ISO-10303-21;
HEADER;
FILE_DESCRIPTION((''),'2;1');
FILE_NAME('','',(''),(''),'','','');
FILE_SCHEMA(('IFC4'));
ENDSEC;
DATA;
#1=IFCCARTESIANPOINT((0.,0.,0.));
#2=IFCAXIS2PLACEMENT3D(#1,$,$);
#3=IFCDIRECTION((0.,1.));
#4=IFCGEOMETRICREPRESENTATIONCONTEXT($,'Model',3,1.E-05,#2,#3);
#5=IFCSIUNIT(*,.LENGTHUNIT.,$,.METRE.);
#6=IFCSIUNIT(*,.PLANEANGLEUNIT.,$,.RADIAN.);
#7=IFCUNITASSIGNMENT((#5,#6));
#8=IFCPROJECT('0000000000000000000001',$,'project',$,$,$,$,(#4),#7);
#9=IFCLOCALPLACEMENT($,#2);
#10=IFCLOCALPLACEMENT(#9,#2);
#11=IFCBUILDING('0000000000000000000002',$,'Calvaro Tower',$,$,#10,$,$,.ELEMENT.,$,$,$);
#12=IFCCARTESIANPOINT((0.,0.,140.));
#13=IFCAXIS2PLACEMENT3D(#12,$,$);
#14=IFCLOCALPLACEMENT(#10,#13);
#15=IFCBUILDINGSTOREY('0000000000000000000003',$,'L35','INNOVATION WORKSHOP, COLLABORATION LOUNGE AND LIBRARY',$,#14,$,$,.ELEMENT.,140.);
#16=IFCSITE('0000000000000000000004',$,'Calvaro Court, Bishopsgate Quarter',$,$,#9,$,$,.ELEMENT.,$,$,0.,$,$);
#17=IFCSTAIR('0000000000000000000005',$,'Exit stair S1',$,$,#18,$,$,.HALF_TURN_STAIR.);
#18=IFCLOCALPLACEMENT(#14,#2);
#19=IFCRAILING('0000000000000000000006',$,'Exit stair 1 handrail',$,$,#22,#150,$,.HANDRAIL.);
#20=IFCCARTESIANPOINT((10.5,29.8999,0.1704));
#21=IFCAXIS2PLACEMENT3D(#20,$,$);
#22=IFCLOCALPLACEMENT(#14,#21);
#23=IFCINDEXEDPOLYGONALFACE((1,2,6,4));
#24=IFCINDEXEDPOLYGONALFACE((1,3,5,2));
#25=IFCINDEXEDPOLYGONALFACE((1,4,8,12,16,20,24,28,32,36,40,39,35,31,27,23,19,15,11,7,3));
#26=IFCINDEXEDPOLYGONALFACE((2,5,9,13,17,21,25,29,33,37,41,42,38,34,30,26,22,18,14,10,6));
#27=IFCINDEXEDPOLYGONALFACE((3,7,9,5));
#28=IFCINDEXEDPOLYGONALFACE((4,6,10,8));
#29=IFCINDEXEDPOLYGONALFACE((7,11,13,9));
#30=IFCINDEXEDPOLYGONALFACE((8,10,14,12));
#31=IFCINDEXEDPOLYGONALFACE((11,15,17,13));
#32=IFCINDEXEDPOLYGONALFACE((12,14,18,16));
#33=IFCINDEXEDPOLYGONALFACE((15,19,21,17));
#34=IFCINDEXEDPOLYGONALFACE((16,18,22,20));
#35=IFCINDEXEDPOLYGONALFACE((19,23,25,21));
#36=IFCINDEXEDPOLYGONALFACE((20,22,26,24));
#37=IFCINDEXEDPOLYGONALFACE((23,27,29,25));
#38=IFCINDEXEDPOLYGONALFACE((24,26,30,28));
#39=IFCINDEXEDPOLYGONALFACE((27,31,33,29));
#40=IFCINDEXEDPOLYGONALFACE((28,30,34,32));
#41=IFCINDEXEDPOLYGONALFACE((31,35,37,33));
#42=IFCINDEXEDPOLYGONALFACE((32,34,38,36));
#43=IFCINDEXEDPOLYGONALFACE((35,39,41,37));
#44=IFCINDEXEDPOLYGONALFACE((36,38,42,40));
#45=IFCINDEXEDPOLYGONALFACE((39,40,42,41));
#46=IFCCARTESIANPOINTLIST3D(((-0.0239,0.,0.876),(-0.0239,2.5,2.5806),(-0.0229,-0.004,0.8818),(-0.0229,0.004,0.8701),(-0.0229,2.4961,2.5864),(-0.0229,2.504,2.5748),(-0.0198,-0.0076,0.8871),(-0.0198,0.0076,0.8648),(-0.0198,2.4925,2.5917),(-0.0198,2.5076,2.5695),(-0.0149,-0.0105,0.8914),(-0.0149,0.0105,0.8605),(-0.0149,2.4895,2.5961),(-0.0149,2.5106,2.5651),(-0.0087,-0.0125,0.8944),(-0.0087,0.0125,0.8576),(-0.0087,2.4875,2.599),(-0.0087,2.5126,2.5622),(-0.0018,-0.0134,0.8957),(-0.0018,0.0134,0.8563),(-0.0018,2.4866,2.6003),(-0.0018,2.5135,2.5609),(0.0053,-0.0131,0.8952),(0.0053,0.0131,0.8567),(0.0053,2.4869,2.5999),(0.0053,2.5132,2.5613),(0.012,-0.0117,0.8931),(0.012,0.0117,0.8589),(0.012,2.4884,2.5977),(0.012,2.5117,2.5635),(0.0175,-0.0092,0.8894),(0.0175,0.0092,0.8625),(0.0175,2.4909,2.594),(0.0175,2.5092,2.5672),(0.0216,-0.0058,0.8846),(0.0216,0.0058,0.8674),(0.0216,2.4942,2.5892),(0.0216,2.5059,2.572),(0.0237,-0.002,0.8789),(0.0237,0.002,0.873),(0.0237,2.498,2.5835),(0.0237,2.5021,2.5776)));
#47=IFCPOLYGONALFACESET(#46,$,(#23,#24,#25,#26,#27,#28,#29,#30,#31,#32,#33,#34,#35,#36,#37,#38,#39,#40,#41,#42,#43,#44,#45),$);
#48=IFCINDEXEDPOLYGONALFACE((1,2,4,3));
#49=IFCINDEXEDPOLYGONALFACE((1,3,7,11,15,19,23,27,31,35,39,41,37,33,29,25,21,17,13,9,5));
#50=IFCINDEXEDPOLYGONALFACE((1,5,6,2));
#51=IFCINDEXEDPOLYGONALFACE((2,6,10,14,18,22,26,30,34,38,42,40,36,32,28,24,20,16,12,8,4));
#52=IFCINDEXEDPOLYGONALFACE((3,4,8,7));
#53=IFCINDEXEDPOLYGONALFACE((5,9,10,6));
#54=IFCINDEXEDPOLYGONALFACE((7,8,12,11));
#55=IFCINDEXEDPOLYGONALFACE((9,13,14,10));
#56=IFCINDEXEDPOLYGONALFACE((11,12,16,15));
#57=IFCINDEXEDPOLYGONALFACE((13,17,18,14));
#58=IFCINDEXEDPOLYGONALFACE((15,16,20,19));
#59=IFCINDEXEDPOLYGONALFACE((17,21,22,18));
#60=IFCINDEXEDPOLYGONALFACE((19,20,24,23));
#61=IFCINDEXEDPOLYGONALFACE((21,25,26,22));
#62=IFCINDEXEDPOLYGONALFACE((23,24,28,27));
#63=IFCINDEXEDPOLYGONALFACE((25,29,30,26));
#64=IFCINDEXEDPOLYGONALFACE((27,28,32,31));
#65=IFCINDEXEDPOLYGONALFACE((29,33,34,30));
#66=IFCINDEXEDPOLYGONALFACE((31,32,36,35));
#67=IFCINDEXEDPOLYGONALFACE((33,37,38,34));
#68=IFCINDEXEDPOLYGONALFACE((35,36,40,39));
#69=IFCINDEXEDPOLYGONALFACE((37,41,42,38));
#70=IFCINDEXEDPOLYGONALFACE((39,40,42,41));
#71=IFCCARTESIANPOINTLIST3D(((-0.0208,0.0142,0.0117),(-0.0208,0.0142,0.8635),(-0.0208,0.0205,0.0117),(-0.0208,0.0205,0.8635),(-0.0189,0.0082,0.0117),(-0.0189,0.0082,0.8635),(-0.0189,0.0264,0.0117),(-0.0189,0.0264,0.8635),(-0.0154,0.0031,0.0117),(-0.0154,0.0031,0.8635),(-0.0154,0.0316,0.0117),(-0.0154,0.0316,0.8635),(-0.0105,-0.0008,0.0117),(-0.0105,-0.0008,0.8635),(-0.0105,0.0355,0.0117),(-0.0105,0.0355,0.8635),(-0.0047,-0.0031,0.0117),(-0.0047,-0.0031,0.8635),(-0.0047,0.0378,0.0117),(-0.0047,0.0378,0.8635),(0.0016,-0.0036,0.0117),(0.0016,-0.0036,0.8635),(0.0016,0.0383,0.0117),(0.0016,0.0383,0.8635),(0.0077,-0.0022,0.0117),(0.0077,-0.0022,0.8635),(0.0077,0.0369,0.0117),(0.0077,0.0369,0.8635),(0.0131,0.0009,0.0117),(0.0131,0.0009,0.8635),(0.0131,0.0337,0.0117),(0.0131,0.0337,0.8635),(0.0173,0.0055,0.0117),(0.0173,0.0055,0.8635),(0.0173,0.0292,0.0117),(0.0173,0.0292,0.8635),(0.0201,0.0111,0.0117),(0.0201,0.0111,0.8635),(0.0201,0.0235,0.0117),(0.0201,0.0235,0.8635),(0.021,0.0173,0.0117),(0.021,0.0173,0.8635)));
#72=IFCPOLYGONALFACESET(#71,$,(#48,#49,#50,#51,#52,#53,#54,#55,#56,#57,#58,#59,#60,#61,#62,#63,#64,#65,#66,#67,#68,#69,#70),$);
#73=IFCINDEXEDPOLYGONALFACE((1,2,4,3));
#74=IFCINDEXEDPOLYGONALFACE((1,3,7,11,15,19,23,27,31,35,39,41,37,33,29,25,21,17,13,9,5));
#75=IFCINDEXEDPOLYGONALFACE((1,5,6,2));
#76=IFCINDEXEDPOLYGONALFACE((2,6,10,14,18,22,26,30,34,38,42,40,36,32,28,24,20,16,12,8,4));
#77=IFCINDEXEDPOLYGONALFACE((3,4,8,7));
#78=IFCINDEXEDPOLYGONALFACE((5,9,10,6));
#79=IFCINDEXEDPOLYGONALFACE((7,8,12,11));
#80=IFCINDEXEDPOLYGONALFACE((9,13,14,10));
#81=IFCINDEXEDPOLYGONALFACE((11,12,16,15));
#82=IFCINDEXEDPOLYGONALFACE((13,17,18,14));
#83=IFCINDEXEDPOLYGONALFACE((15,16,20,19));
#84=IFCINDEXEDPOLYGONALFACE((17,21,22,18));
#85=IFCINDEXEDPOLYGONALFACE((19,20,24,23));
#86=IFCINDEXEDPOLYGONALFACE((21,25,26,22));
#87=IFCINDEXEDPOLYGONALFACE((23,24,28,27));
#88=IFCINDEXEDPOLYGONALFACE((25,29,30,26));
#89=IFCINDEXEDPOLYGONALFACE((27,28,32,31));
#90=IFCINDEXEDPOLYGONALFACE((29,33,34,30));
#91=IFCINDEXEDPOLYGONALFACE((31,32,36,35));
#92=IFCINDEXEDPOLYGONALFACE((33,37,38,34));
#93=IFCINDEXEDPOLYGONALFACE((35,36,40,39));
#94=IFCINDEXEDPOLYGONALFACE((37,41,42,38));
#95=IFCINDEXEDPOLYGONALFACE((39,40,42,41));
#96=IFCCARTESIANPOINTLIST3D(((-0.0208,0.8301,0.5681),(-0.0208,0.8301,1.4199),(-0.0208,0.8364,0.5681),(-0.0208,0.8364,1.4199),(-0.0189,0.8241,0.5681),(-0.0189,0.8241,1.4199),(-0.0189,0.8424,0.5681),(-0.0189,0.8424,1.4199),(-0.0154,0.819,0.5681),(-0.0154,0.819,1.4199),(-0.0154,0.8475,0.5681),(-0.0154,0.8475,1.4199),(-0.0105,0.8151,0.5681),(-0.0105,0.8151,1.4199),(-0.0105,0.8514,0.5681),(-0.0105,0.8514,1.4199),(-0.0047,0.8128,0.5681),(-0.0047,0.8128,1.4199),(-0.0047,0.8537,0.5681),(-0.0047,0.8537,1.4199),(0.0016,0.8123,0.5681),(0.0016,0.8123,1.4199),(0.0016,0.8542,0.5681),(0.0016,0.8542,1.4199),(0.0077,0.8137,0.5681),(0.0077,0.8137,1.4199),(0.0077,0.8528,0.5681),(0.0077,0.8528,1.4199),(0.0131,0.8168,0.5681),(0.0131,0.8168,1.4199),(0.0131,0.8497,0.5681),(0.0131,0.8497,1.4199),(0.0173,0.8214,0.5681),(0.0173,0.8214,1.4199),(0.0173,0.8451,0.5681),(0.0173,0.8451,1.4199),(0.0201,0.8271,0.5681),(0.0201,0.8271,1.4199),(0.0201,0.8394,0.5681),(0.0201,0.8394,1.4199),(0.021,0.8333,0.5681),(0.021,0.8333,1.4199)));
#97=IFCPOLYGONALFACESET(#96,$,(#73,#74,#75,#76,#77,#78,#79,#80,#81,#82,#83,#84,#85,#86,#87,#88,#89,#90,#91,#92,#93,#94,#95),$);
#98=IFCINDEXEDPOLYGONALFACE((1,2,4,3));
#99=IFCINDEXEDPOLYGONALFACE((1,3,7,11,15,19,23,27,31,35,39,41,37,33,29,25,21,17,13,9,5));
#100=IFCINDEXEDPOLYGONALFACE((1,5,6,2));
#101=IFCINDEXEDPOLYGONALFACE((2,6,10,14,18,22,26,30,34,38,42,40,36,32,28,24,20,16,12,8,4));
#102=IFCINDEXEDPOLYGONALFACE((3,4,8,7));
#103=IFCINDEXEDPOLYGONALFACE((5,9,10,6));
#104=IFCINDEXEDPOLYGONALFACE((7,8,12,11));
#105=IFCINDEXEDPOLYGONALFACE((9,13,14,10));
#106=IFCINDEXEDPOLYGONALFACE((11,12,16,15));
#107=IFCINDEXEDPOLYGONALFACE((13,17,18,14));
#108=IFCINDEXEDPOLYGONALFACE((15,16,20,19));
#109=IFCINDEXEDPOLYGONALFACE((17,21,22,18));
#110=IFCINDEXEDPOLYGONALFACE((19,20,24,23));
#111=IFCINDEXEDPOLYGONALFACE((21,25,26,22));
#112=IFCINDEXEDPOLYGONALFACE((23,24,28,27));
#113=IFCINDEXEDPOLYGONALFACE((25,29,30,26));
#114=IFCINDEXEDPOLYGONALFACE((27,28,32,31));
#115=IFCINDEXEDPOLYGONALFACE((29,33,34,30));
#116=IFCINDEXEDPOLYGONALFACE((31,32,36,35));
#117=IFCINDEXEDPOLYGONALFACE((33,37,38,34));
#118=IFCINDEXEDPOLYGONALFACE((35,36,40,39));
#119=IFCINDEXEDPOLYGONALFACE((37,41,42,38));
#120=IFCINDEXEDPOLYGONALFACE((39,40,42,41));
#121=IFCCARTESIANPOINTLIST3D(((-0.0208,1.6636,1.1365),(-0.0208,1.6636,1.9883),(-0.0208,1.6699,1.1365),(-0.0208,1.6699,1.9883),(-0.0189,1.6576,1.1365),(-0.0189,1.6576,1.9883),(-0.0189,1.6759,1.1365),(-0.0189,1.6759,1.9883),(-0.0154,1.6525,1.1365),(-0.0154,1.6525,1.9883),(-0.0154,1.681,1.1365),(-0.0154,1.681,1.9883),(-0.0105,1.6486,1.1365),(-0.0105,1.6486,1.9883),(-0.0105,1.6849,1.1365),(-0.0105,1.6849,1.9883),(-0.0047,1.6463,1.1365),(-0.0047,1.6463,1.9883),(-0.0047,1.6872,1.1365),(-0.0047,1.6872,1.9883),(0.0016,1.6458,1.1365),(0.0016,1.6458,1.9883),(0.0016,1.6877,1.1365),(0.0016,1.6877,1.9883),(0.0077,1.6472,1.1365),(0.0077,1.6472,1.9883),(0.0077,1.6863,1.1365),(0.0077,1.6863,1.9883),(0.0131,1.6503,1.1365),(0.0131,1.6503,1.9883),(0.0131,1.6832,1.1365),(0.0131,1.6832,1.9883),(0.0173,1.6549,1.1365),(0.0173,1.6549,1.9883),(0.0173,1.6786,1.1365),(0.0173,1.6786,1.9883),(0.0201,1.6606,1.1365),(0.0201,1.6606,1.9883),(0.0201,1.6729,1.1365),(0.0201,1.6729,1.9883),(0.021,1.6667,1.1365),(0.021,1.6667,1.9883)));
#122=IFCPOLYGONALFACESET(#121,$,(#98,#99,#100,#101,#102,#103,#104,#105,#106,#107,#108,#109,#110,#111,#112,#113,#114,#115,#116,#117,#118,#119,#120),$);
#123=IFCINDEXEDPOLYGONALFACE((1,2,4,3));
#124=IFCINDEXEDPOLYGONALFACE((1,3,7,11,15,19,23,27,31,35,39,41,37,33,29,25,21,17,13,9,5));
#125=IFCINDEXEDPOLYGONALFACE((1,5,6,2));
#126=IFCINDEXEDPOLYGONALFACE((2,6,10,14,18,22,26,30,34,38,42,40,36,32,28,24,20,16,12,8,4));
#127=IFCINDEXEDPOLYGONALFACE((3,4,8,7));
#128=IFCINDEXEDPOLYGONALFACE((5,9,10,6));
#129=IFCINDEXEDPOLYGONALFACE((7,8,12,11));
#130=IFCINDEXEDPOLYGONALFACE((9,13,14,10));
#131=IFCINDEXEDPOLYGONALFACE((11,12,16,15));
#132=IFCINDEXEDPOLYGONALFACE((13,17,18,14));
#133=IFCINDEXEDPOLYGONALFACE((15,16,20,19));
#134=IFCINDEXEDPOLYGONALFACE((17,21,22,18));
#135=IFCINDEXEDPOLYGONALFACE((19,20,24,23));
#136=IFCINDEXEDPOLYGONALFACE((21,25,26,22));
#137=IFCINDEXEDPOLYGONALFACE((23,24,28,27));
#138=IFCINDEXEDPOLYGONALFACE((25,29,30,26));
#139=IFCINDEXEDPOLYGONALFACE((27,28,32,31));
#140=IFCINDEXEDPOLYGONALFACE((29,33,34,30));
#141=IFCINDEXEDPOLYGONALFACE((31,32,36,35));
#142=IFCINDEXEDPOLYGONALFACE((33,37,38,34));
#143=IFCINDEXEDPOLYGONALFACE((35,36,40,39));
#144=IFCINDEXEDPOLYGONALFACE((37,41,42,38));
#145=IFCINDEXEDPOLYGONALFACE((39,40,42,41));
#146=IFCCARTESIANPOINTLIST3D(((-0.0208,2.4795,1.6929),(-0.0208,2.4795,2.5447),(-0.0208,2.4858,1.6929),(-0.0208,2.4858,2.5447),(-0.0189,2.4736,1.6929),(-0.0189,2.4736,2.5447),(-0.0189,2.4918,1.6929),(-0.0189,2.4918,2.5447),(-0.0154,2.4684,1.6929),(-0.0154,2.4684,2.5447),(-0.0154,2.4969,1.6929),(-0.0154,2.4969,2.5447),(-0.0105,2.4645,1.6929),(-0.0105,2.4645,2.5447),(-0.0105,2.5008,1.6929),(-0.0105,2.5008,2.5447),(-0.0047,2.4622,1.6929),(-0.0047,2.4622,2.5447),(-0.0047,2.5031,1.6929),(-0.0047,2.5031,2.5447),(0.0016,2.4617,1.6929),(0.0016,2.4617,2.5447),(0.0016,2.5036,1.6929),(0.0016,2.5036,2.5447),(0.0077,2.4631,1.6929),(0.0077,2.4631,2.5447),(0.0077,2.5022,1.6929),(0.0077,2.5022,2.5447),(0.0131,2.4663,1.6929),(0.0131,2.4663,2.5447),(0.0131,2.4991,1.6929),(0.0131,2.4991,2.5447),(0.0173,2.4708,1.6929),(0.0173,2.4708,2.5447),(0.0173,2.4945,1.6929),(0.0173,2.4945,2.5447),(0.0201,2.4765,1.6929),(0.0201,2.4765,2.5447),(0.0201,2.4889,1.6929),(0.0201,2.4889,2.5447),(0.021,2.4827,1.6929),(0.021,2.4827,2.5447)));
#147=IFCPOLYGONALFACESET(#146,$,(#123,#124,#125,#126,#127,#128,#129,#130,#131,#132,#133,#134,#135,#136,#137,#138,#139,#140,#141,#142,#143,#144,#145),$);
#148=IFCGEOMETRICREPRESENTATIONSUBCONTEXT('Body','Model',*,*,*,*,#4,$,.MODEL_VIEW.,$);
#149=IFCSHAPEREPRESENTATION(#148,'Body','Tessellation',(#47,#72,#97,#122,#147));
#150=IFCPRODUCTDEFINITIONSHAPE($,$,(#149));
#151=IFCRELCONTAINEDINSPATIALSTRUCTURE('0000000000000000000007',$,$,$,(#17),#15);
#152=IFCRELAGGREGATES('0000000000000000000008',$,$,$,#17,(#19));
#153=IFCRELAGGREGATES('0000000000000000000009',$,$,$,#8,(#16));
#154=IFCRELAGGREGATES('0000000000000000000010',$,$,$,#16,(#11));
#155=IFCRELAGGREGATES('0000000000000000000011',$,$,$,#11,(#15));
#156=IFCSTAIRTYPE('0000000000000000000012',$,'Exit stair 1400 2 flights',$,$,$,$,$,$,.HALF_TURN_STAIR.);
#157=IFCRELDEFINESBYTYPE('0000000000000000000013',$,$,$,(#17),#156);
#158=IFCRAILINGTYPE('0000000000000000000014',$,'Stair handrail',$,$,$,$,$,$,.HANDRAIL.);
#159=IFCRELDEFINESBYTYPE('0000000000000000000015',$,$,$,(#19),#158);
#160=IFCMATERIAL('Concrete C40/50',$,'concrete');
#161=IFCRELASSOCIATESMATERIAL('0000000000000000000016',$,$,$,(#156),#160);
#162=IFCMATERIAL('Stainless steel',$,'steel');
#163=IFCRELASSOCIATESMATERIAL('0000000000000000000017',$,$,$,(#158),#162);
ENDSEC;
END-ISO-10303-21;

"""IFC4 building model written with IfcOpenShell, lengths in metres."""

from ifc_helpers import new_model, si_unit, direction, frame, origin, origin_2d, place, context, subcontext, project, spatial, circle, extrude, material, type_object, element, aggregate, save


model = new_model("IFC4")

# Units and contexts
model_context = context("Model", 3, precision=1e-05, world=origin(), true_north=direction((0.0, 1.0)))
body_context = subcontext(model_context, "Body", "Model", "MODEL_VIEW")
ifc_project = project(units=[si_unit("LENGTHUNIT", "METRE"), si_unit("PLANEANGLEUNIT", "RADIAN")], contexts=[model_context])

# Site, building, storey
site_placement = place(None, origin())
site = spatial("IfcSite", under=ifc_project, at=site_placement, Name="Calvaro Court, Bishopsgate Quarter", CompositionType="ELEMENT", RefElevation=0.0)
building_placement = place(site_placement, origin())
building = spatial("IfcBuilding", under=site, at=building_placement, Name="Calvaro Tower", CompositionType="ELEMENT")
storey_placement = place(building_placement, frame((0.0, 0.0, 140.0)))
storey = spatial("IfcBuildingStorey", under=building, at=storey_placement, Name="L35", Description="INNOVATION WORKSHOP, COLLABORATION LOUNGE AND LIBRARY", CompositionType="ELEMENT", Elevation=140.0)

# Stair, railing
ifc_material_1 = material(Name="Concrete C40/50", Category="concrete")
stair_type = type_object("IfcStairType", Name="Exit stair 1400 2 flights", PredefinedType="HALF_TURN_STAIR", material=ifc_material_1)
stair_placement = place(storey_placement, origin())
stair = element("IfcStair", 1, at=stair_placement, inside=storey, type_object=stair_type, Name="Exit stair S1", PredefinedType="HALF_TURN_STAIR")
ifc_material_2 = material(Name="Stainless steel", Category="steel")
railing_type = type_object("IfcRailingType", Name="Stair handrail", PredefinedType="HANDRAIL", material=ifc_material_2)
railing_1_placement = place(storey_placement, frame((10.5, 29.8999, 0.1704)))
railing_1 = element("IfcRailing", 2, at=railing_1_placement, type_object=railing_type, Name="Exit stair 1 handrail", PredefinedType="HANDRAIL", context=body_context, shape_type="SweptSolid", body=[
    extrude(circle(Radius=0.0239, at=origin_2d()), frame((0.0, 0.0, 0.876), z_axis=(0.0, 0.826221, 0.563347), x_axis=(-1.0, 0.0, 0.0)), (0.0, 0.0, 1.0), 3.0259),
    extrude(circle(Radius=0.021, at=origin_2d()), frame((0.0, 0.0173, 0.0117)), (0.0, 0.0, 1.0), 0.8518),
    extrude(circle(Radius=0.021, at=origin_2d()), frame((0.0, 0.8333, 0.5681)), (0.0, 0.0, 1.0), 0.8518),
    extrude(circle(Radius=0.021, at=origin_2d()), frame((0.0, 1.6667, 1.1365)), (0.0, 0.0, 1.0), 0.8518),
    extrude(circle(Radius=0.021, at=origin_2d()), frame((0.0, 2.4827, 1.6929)), (0.0, 0.0, 1.0), 0.8518),
])
aggregate(stair, [railing_1])

save(model, "model.ifc")
